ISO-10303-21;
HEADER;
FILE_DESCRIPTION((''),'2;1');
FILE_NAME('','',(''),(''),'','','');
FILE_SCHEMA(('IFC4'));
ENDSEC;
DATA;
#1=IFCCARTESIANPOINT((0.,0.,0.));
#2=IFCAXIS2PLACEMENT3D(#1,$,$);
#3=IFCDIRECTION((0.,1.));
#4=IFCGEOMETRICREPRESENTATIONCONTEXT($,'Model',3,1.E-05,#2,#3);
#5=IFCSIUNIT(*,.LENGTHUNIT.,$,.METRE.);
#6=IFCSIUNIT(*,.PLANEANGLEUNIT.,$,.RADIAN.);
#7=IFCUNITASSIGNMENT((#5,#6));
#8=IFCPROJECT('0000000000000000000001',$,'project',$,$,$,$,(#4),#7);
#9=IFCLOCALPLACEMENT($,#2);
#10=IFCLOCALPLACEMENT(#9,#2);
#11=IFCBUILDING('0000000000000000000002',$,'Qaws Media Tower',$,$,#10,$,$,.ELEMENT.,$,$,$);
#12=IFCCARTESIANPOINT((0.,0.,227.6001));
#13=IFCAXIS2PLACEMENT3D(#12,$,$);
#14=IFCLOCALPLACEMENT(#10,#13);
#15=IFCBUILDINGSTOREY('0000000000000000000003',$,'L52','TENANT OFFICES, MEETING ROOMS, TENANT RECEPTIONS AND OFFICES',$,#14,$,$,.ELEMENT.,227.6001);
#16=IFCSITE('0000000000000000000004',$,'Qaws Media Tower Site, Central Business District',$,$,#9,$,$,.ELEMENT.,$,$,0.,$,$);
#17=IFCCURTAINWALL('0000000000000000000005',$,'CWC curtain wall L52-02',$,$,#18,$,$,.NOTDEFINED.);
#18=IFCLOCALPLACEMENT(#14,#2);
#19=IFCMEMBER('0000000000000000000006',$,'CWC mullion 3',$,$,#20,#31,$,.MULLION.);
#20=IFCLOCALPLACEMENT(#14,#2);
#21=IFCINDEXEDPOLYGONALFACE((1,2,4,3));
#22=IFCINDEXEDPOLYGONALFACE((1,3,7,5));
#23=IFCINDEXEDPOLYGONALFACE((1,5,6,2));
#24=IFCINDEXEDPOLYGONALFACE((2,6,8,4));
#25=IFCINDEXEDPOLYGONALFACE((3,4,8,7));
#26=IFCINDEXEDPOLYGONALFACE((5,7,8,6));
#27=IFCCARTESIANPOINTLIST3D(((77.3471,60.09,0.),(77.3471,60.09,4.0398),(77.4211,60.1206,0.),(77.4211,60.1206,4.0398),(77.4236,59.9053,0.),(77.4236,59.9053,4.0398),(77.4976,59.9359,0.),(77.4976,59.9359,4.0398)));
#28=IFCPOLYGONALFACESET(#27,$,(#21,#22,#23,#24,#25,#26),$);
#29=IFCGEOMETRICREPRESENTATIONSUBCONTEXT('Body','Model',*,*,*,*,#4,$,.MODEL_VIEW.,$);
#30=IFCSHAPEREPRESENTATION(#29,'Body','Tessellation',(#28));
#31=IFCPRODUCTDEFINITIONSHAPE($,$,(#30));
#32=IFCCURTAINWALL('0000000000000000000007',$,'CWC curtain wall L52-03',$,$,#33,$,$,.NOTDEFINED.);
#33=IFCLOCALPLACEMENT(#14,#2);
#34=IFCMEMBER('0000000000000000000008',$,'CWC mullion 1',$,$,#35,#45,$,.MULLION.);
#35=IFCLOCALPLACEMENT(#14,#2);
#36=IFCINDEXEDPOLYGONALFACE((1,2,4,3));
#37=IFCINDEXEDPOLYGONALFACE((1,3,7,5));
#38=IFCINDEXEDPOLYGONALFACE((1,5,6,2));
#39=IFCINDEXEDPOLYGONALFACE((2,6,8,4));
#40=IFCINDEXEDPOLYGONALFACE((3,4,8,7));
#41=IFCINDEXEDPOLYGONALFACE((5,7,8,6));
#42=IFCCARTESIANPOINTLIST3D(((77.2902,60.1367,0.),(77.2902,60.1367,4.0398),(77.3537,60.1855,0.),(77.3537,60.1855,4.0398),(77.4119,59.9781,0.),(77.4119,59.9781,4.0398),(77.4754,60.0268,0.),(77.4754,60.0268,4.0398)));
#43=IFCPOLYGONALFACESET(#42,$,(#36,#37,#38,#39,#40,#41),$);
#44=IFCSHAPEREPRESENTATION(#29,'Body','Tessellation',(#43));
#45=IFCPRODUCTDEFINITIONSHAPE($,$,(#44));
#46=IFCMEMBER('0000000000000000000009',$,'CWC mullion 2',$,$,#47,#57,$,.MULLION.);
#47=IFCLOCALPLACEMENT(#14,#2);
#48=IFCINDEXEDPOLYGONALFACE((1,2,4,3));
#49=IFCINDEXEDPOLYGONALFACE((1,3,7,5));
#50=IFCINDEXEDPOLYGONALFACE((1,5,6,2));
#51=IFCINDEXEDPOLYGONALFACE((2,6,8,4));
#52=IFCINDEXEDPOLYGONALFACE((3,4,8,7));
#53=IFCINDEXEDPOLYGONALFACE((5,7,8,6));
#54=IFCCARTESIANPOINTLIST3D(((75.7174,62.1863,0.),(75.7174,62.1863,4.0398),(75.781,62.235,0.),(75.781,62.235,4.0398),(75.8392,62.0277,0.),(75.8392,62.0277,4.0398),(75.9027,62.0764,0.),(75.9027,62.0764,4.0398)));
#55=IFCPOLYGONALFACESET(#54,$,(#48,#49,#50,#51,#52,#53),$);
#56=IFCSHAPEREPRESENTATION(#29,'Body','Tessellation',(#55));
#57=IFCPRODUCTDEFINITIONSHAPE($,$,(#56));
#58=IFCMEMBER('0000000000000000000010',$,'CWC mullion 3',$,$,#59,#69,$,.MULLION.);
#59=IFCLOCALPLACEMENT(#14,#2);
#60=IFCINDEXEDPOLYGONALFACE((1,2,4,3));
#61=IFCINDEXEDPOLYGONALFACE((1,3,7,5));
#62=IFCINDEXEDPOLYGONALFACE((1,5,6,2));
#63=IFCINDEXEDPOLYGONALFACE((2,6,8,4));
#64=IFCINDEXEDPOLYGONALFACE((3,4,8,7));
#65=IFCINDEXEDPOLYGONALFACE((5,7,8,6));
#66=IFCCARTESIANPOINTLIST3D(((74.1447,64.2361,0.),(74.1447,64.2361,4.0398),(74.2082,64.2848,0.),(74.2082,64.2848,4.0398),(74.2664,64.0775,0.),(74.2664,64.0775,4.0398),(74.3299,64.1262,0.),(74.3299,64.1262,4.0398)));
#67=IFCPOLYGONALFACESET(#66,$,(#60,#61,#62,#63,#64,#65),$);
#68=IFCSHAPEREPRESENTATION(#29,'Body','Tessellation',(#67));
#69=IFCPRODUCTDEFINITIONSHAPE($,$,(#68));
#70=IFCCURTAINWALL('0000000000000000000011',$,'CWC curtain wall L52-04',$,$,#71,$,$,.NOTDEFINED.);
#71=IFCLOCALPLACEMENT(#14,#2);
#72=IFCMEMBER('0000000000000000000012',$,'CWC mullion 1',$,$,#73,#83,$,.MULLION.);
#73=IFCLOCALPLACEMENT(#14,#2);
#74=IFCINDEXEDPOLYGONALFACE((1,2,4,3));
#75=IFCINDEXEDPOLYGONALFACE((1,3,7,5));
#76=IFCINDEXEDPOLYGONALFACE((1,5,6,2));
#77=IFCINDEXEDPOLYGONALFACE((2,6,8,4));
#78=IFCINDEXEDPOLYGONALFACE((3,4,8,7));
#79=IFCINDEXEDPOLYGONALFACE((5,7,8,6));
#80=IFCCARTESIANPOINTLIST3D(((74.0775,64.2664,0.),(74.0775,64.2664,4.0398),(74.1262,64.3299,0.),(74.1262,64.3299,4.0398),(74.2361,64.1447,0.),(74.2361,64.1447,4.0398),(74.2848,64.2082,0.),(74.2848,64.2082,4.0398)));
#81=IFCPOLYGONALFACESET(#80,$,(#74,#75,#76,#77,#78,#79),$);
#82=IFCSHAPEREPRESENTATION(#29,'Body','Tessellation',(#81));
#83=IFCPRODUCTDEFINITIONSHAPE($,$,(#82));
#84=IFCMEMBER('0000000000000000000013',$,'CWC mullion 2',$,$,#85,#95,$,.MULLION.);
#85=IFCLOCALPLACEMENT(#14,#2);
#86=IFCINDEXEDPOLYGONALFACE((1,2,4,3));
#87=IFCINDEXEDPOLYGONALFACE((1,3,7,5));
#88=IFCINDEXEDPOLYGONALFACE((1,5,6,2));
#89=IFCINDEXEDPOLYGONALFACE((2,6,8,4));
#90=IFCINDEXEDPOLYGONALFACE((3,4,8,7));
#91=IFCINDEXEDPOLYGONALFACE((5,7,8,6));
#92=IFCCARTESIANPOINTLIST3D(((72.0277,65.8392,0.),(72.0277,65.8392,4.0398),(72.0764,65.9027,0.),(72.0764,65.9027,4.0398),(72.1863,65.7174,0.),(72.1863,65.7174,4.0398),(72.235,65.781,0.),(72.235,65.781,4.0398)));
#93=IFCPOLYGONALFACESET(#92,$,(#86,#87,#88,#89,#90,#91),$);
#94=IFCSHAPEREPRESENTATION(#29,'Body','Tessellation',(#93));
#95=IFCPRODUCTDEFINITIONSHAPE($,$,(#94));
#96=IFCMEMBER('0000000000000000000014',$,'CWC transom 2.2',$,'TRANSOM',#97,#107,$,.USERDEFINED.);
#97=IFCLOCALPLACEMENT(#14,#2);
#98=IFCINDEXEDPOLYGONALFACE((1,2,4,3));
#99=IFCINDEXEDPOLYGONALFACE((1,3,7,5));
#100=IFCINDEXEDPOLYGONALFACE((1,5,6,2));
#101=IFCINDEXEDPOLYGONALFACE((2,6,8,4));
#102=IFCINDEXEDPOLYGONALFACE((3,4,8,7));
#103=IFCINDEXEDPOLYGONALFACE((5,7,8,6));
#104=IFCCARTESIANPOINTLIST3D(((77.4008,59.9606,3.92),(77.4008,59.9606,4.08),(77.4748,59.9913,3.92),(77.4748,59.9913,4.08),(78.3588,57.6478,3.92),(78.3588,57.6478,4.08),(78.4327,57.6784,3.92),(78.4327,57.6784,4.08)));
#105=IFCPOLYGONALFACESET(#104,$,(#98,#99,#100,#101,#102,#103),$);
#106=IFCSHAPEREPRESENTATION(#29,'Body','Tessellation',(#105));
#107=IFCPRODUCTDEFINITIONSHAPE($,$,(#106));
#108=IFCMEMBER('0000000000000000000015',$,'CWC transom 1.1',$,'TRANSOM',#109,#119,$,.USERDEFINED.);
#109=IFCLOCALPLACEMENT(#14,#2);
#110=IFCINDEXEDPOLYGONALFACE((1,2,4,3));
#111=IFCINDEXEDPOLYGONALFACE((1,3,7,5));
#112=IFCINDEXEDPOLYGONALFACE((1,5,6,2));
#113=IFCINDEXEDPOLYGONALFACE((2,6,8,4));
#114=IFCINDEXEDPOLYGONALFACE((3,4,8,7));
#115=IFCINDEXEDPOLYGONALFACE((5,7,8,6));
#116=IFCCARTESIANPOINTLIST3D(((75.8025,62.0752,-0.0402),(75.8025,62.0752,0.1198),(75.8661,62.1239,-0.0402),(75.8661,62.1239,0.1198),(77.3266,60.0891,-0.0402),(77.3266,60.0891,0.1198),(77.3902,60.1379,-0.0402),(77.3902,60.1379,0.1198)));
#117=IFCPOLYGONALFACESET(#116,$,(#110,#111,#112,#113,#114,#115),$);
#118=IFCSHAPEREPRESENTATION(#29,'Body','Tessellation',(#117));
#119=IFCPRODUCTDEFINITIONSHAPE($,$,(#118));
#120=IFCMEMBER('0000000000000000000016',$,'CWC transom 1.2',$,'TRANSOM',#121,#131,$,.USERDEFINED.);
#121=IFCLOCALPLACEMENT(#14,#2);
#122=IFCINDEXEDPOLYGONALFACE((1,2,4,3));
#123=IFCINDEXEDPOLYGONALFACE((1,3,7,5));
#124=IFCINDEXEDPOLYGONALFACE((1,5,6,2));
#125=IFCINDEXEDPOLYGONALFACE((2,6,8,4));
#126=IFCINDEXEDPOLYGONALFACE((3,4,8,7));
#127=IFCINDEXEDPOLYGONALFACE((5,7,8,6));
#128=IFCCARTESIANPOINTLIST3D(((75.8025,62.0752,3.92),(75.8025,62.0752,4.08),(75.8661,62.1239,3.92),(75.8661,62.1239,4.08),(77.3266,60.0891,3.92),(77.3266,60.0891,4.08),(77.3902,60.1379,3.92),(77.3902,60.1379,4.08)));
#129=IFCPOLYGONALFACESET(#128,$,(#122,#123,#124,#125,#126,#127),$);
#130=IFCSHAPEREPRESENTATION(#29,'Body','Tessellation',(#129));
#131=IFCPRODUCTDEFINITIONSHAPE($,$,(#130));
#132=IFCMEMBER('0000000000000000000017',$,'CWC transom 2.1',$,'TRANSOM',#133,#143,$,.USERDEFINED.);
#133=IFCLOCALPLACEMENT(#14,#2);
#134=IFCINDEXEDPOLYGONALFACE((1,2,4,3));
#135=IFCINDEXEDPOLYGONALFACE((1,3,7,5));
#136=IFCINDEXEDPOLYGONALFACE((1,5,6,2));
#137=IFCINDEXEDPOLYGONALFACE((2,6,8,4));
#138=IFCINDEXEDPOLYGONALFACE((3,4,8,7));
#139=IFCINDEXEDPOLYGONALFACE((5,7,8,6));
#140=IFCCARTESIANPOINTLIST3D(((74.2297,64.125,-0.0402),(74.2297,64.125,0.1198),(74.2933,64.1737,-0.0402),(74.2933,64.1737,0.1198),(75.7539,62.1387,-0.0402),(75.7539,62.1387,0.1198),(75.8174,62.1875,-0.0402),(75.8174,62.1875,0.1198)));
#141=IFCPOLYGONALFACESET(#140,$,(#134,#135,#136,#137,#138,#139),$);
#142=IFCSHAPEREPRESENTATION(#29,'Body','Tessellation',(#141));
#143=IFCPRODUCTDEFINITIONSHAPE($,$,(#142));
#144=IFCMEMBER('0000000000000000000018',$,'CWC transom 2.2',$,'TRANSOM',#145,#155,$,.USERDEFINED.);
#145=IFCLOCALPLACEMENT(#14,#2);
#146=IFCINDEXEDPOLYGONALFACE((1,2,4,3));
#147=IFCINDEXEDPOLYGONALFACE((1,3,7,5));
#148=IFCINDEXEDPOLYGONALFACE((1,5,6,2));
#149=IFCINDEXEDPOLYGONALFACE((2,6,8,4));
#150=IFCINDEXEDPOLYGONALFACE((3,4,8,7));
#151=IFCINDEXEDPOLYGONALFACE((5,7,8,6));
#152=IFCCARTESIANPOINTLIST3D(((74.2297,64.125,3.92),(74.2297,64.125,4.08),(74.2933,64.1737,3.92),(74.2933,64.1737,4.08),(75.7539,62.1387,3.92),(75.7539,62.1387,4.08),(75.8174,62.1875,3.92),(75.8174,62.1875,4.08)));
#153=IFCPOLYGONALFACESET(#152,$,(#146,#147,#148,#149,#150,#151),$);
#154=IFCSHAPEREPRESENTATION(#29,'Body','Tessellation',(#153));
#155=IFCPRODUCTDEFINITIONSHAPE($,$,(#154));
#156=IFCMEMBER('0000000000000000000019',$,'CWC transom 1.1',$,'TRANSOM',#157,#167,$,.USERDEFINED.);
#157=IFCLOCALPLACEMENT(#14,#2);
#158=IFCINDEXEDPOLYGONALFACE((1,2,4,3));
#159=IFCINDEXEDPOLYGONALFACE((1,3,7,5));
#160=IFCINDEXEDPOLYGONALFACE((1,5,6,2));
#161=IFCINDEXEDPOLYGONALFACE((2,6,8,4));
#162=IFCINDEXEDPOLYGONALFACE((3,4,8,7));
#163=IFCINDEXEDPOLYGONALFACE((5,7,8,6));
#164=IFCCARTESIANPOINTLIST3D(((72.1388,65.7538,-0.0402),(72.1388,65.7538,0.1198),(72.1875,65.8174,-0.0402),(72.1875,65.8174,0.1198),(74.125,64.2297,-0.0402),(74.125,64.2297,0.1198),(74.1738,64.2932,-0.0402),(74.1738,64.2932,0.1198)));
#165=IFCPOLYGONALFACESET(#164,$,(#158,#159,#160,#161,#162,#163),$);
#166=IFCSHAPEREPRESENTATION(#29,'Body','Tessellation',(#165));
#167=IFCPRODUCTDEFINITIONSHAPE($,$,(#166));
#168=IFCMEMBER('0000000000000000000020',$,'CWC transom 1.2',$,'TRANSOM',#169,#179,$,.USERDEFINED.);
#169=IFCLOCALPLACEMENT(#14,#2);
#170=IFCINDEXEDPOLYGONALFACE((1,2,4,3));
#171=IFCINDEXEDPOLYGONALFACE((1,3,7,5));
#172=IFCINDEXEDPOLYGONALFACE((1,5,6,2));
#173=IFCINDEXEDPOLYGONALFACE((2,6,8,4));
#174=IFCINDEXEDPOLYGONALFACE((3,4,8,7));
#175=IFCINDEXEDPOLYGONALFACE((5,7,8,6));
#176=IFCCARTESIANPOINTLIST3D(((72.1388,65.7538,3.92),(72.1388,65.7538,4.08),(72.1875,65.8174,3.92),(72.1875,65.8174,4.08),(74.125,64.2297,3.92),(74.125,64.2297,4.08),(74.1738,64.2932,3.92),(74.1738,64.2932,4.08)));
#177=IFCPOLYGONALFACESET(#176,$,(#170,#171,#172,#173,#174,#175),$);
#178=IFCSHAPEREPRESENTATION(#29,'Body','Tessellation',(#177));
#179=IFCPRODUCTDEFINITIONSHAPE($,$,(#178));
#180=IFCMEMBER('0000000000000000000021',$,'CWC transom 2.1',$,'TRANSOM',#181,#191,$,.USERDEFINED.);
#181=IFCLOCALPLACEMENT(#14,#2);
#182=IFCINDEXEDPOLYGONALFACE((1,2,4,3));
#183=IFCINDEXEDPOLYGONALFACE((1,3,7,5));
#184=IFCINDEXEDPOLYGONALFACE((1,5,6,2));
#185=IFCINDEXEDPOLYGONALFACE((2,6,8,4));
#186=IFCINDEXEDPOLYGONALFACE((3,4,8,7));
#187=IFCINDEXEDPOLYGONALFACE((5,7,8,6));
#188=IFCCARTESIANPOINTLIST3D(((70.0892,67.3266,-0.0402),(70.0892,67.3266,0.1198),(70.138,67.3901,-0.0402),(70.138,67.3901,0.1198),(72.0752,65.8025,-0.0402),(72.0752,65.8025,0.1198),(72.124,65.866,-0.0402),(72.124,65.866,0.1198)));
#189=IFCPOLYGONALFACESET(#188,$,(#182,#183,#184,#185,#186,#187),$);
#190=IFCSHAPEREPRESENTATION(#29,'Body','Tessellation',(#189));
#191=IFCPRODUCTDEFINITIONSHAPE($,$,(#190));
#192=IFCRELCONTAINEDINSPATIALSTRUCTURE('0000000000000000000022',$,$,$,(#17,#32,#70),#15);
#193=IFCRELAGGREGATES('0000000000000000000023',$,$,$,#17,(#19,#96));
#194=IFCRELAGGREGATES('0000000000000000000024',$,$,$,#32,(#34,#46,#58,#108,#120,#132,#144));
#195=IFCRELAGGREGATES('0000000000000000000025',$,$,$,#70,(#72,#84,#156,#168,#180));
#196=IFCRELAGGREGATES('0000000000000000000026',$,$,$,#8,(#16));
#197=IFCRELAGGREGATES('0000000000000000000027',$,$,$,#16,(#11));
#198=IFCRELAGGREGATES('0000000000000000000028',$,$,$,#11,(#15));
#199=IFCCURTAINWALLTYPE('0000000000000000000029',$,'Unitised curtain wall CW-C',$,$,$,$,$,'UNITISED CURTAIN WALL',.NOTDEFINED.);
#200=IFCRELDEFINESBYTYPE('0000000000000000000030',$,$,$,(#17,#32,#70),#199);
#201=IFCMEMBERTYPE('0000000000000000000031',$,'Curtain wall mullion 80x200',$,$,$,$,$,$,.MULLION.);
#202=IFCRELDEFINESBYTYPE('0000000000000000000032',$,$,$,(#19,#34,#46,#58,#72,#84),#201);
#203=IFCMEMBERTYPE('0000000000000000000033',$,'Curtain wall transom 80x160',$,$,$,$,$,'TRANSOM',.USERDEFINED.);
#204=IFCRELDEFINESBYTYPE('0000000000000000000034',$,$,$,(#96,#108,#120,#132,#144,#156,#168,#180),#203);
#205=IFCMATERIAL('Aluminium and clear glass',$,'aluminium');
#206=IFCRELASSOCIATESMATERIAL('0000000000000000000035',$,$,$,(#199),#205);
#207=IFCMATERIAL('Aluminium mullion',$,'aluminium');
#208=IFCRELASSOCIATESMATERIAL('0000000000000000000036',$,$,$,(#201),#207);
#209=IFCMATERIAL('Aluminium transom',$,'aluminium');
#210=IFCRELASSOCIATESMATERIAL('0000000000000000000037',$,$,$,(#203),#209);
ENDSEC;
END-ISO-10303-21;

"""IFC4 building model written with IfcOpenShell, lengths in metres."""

from ifc_helpers import new_model, si_unit, direction, frame, origin, origin_2d, place, context, subcontext, project, spatial, rectangle, extrude, material, material_profile, profile_set, type_object, element, aggregate, save


model = new_model("IFC4")

# Units and contexts
model_context = context("Model", 3, precision=1e-05, world=origin(), true_north=direction((0.0, 1.0)))
body_context = subcontext(model_context, "Body", "Model", "MODEL_VIEW")
ifc_project = project(units=[si_unit("LENGTHUNIT", "METRE"), si_unit("PLANEANGLEUNIT", "RADIAN")], contexts=[model_context])

# Site, building, storey
site_placement = place(None, origin())
site = spatial("IfcSite", under=ifc_project, at=site_placement, Name="Qaws Media Tower Site, Central Business District", CompositionType="ELEMENT", RefElevation=0.0)
building_placement = place(site_placement, origin())
building = spatial("IfcBuilding", under=site, at=building_placement, Name="Qaws Media Tower", CompositionType="ELEMENT")
storey_placement = place(building_placement, frame((0.0, 0.0, 227.6001)))
storey = spatial("IfcBuildingStorey", under=building, at=storey_placement, Name="L52", Description="TENANT OFFICES, MEETING ROOMS, TENANT RECEPTIONS AND OFFICES", CompositionType="ELEMENT", Elevation=227.6001)

# Curtain wall, member
ifc_material_1 = material(Name="Aluminium and clear glass", Category="aluminium")
curtain_wall_type = type_object("IfcCurtainWallType", Name="Unitised curtain wall CW-C", ElementType="UNITISED CURTAIN WALL", PredefinedType="NOTDEFINED", material=ifc_material_1)
curtain_wall_1_placement = place(storey_placement, origin())
curtain_wall_1 = element("IfcCurtainWall", 1, at=curtain_wall_1_placement, inside=storey, type_object=curtain_wall_type, Name="CWC curtain wall L52-02", PredefinedType="NOTDEFINED")
ifc_material_2 = material(Name="Aluminium mullion", Category="aluminium")
ifc_material_profile_1 = material_profile(ifc_material_2, rectangle(XDim=0.0801, YDim=0.2, at=origin_2d()), Name="80x200")
ifc_profile_set_1 = profile_set([ifc_material_profile_1], Name="Aluminium mullion")
member_type_1 = type_object("IfcMemberType", Name="Curtain wall mullion 80x200", PredefinedType="MULLION", material=ifc_profile_set_1)
member_1_placement = place(storey_placement, frame((77.4224, 60.0129, 0.0), z_axis=(0.0, 0.0, 1.0), x_axis=(-0.92388, -0.382683, 0.0)))
member_1 = element("IfcMember", 2, at=member_1_placement, type_object=member_type_1, Name="CWC mullion 3", PredefinedType="MULLION", context=body_context, shape_type="SweptSolid", body=[
    extrude(rectangle(XDim=0.0801, YDim=0.2, at=origin_2d()), origin(), (0.0, 0.0, 1.0), 4.0398),
])

# Curtain walls, members
curtain_wall_2_placement = place(storey_placement, origin())
curtain_wall_2 = element("IfcCurtainWall", 3, at=curtain_wall_2_placement, inside=storey, type_object=curtain_wall_type, Name="CWC curtain wall L52-03", PredefinedType="NOTDEFINED")
member_2_placement = place(storey_placement, frame((77.3828, 60.0818, 0.0), z_axis=(0.0, 0.0, 1.0), x_axis=(-0.793353, -0.608762, 0.0)))
member_2 = element("IfcMember", 4, at=member_2_placement, type_object=member_type_1, Name="CWC mullion 1", PredefinedType="MULLION", context=body_context, shape_type="SweptSolid", body=[
    extrude(rectangle(XDim=0.0801, YDim=0.2, at=origin_2d()), origin(), (0.0, 0.0, 1.0), 4.0398),
])
member_3_placement = place(storey_placement, frame((75.8101, 62.1313, 0.0), z_axis=(0.0, 0.0, 1.0), x_axis=(-0.793353, -0.608762, 0.0)))
member_3 = element("IfcMember", 5, at=member_3_placement, type_object=member_type_1, Name="CWC mullion 2", PredefinedType="MULLION", context=body_context, shape_type="SweptSolid", body=[
    extrude(rectangle(XDim=0.0801, YDim=0.2, at=origin_2d()), origin(), (0.0, 0.0, 1.0), 4.0398),
])
member_4_placement = place(storey_placement, frame((74.2373, 64.1812, 0.0), z_axis=(0.0, 0.0, 1.0), x_axis=(-0.793353, -0.608762, 0.0)))
member_4 = element("IfcMember", 6, at=member_4_placement, type_object=member_type_1, Name="CWC mullion 3", PredefinedType="MULLION", context=body_context, shape_type="SweptSolid", body=[
    extrude(rectangle(XDim=0.0801, YDim=0.2, at=origin_2d()), origin(), (0.0, 0.0, 1.0), 4.0398),
])
curtain_wall_3_placement = place(storey_placement, origin())
curtain_wall_3 = element("IfcCurtainWall", 7, at=curtain_wall_3_placement, inside=storey, type_object=curtain_wall_type, Name="CWC curtain wall L52-04", PredefinedType="NOTDEFINED")
member_5_placement = place(storey_placement, frame((74.1812, 64.2373, 0.0), z_axis=(0.0, 0.0, 1.0), x_axis=(-0.608762, -0.793353, 0.0)))
member_5 = element("IfcMember", 8, at=member_5_placement, type_object=member_type_1, Name="CWC mullion 1", PredefinedType="MULLION", context=body_context, shape_type="SweptSolid", body=[
    extrude(rectangle(XDim=0.0801, YDim=0.2, at=origin_2d()), origin(), (0.0, 0.0, 1.0), 4.0398),
])
member_6_placement = place(storey_placement, frame((72.1313, 65.8101, 0.0), z_axis=(0.0, 0.0, 1.0), x_axis=(-0.608762, -0.793353, 0.0)))
member_6 = element("IfcMember", 9, at=member_6_placement, type_object=member_type_1, Name="CWC mullion 2", PredefinedType="MULLION", context=body_context, shape_type="SweptSolid", body=[
    extrude(rectangle(XDim=0.0801, YDim=0.2, at=origin_2d()), origin(), (0.0, 0.0, 1.0), 4.0398),
])

# Members
ifc_material_3 = material(Name="Aluminium transom", Category="aluminium")
ifc_material_profile_2 = material_profile(ifc_material_3, rectangle(XDim=0.0801, YDim=0.1599, at=origin_2d()), Name="80x160")
ifc_profile_set_2 = profile_set([ifc_material_profile_2], Name="Aluminium transom")
member_type_2 = type_object("IfcMemberType", Name="Curtain wall transom 80x160", ElementType="TRANSOM", PredefinedType="USERDEFINED", material=ifc_profile_set_2)
member_7_placement = place(storey_placement, frame((78.3958, 57.6631, 4.0), z_axis=(-0.382662, 0.923888, 0.0), x_axis=(-0.923888, -0.382662, 0.0)))
member_7 = element("IfcMember", 10, at=member_7_placement, type_object=member_type_2, Name="CWC transom 2.2", ObjectType="TRANSOM", PredefinedType="USERDEFINED", context=body_context, shape_type="SweptSolid", body=[
    extrude(rectangle(XDim=0.0801, YDim=0.1599, at=origin_2d()), origin(), (0.0, 0.0, 1.0), 2.5034),
])
member_8_placement = place(storey_placement, frame((77.3584, 60.1135, 0.0398), z_axis=(-0.60881, 0.793316, 0.0), x_axis=(-0.793316, -0.60881, 0.0)))
member_8 = element("IfcMember", 11, at=member_8_placement, type_object=member_type_2, Name="CWC transom 1.1", ObjectType="TRANSOM", PredefinedType="USERDEFINED", context=body_context, shape_type="SweptSolid", body=[
    extrude(rectangle(XDim=0.0801, YDim=0.1599, at=origin_2d()), origin(), (0.0, 0.0, 1.0), 2.5034),
])
member_9_placement = place(storey_placement, frame((77.3584, 60.1135, 4.0), z_axis=(-0.60881, 0.793316, 0.0), x_axis=(-0.793316, -0.60881, 0.0)))
member_9 = element("IfcMember", 12, at=member_9_placement, type_object=member_type_2, Name="CWC transom 1.2", ObjectType="TRANSOM", PredefinedType="USERDEFINED", context=body_context, shape_type="SweptSolid", body=[
    extrude(rectangle(XDim=0.0801, YDim=0.1599, at=origin_2d()), origin(), (0.0, 0.0, 1.0), 2.5034),
])
member_10_placement = place(storey_placement, frame((75.7856, 62.1631, 0.0398), z_axis=(-0.608763, 0.793352, 0.0), x_axis=(-0.793352, -0.608763, 0.0)))
member_10 = element("IfcMember", 13, at=member_10_placement, type_object=member_type_2, Name="CWC transom 2.1", ObjectType="TRANSOM", PredefinedType="USERDEFINED", context=body_context, shape_type="SweptSolid", body=[
    extrude(rectangle(XDim=0.0801, YDim=0.1599, at=origin_2d()), origin(), (0.0, 0.0, 1.0), 2.5037),
])
member_11_placement = place(storey_placement, frame((75.7856, 62.1631, 4.0), z_axis=(-0.608763, 0.793352, 0.0), x_axis=(-0.793352, -0.608763, 0.0)))
member_11 = element("IfcMember", 14, at=member_11_placement, type_object=member_type_2, Name="CWC transom 2.2", ObjectType="TRANSOM", PredefinedType="USERDEFINED", context=body_context, shape_type="SweptSolid", body=[
    extrude(rectangle(XDim=0.0801, YDim=0.1599, at=origin_2d()), origin(), (0.0, 0.0, 1.0), 2.5037),
])
member_12_placement = place(storey_placement, frame((74.1494, 64.2615, 0.0398), z_axis=(-0.793352, 0.608763, 0.0), x_axis=(-0.608763, -0.793352, 0.0)))
member_12 = element("IfcMember", 15, at=member_12_placement, type_object=member_type_2, Name="CWC transom 1.1", ObjectType="TRANSOM", PredefinedType="USERDEFINED", context=body_context, shape_type="SweptSolid", body=[
    extrude(rectangle(XDim=0.0801, YDim=0.1599, at=origin_2d()), origin(), (0.0, 0.0, 1.0), 2.5037),
])
member_13_placement = place(storey_placement, frame((74.1494, 64.2615, 4.0), z_axis=(-0.793352, 0.608763, 0.0), x_axis=(-0.608763, -0.793352, 0.0)))
member_13 = element("IfcMember", 16, at=member_13_placement, type_object=member_type_2, Name="CWC transom 1.2", ObjectType="TRANSOM", PredefinedType="USERDEFINED", context=body_context, shape_type="SweptSolid", body=[
    extrude(rectangle(XDim=0.0801, YDim=0.1599, at=origin_2d()), origin(), (0.0, 0.0, 1.0), 2.5037),
])
member_14_placement = place(storey_placement, frame((72.0996, 65.8342, 0.0398), z_axis=(-0.793316, 0.60881, 0.0), x_axis=(-0.60881, -0.793316, 0.0)))
member_14 = element("IfcMember", 17, at=member_14_placement, type_object=member_type_2, Name="CWC transom 2.1", ObjectType="TRANSOM", PredefinedType="USERDEFINED", context=body_context, shape_type="SweptSolid", body=[
    extrude(rectangle(XDim=0.0801, YDim=0.1599, at=origin_2d()), origin(), (0.0, 0.0, 1.0), 2.5034),
])

aggregate(curtain_wall_1, [member_1, member_7])
aggregate(curtain_wall_2, [member_2, member_3, member_4, member_8, member_9, member_10, member_11])
aggregate(curtain_wall_3, [member_5, member_6, member_12, member_13, member_14])

save(model, "model.ifc")
